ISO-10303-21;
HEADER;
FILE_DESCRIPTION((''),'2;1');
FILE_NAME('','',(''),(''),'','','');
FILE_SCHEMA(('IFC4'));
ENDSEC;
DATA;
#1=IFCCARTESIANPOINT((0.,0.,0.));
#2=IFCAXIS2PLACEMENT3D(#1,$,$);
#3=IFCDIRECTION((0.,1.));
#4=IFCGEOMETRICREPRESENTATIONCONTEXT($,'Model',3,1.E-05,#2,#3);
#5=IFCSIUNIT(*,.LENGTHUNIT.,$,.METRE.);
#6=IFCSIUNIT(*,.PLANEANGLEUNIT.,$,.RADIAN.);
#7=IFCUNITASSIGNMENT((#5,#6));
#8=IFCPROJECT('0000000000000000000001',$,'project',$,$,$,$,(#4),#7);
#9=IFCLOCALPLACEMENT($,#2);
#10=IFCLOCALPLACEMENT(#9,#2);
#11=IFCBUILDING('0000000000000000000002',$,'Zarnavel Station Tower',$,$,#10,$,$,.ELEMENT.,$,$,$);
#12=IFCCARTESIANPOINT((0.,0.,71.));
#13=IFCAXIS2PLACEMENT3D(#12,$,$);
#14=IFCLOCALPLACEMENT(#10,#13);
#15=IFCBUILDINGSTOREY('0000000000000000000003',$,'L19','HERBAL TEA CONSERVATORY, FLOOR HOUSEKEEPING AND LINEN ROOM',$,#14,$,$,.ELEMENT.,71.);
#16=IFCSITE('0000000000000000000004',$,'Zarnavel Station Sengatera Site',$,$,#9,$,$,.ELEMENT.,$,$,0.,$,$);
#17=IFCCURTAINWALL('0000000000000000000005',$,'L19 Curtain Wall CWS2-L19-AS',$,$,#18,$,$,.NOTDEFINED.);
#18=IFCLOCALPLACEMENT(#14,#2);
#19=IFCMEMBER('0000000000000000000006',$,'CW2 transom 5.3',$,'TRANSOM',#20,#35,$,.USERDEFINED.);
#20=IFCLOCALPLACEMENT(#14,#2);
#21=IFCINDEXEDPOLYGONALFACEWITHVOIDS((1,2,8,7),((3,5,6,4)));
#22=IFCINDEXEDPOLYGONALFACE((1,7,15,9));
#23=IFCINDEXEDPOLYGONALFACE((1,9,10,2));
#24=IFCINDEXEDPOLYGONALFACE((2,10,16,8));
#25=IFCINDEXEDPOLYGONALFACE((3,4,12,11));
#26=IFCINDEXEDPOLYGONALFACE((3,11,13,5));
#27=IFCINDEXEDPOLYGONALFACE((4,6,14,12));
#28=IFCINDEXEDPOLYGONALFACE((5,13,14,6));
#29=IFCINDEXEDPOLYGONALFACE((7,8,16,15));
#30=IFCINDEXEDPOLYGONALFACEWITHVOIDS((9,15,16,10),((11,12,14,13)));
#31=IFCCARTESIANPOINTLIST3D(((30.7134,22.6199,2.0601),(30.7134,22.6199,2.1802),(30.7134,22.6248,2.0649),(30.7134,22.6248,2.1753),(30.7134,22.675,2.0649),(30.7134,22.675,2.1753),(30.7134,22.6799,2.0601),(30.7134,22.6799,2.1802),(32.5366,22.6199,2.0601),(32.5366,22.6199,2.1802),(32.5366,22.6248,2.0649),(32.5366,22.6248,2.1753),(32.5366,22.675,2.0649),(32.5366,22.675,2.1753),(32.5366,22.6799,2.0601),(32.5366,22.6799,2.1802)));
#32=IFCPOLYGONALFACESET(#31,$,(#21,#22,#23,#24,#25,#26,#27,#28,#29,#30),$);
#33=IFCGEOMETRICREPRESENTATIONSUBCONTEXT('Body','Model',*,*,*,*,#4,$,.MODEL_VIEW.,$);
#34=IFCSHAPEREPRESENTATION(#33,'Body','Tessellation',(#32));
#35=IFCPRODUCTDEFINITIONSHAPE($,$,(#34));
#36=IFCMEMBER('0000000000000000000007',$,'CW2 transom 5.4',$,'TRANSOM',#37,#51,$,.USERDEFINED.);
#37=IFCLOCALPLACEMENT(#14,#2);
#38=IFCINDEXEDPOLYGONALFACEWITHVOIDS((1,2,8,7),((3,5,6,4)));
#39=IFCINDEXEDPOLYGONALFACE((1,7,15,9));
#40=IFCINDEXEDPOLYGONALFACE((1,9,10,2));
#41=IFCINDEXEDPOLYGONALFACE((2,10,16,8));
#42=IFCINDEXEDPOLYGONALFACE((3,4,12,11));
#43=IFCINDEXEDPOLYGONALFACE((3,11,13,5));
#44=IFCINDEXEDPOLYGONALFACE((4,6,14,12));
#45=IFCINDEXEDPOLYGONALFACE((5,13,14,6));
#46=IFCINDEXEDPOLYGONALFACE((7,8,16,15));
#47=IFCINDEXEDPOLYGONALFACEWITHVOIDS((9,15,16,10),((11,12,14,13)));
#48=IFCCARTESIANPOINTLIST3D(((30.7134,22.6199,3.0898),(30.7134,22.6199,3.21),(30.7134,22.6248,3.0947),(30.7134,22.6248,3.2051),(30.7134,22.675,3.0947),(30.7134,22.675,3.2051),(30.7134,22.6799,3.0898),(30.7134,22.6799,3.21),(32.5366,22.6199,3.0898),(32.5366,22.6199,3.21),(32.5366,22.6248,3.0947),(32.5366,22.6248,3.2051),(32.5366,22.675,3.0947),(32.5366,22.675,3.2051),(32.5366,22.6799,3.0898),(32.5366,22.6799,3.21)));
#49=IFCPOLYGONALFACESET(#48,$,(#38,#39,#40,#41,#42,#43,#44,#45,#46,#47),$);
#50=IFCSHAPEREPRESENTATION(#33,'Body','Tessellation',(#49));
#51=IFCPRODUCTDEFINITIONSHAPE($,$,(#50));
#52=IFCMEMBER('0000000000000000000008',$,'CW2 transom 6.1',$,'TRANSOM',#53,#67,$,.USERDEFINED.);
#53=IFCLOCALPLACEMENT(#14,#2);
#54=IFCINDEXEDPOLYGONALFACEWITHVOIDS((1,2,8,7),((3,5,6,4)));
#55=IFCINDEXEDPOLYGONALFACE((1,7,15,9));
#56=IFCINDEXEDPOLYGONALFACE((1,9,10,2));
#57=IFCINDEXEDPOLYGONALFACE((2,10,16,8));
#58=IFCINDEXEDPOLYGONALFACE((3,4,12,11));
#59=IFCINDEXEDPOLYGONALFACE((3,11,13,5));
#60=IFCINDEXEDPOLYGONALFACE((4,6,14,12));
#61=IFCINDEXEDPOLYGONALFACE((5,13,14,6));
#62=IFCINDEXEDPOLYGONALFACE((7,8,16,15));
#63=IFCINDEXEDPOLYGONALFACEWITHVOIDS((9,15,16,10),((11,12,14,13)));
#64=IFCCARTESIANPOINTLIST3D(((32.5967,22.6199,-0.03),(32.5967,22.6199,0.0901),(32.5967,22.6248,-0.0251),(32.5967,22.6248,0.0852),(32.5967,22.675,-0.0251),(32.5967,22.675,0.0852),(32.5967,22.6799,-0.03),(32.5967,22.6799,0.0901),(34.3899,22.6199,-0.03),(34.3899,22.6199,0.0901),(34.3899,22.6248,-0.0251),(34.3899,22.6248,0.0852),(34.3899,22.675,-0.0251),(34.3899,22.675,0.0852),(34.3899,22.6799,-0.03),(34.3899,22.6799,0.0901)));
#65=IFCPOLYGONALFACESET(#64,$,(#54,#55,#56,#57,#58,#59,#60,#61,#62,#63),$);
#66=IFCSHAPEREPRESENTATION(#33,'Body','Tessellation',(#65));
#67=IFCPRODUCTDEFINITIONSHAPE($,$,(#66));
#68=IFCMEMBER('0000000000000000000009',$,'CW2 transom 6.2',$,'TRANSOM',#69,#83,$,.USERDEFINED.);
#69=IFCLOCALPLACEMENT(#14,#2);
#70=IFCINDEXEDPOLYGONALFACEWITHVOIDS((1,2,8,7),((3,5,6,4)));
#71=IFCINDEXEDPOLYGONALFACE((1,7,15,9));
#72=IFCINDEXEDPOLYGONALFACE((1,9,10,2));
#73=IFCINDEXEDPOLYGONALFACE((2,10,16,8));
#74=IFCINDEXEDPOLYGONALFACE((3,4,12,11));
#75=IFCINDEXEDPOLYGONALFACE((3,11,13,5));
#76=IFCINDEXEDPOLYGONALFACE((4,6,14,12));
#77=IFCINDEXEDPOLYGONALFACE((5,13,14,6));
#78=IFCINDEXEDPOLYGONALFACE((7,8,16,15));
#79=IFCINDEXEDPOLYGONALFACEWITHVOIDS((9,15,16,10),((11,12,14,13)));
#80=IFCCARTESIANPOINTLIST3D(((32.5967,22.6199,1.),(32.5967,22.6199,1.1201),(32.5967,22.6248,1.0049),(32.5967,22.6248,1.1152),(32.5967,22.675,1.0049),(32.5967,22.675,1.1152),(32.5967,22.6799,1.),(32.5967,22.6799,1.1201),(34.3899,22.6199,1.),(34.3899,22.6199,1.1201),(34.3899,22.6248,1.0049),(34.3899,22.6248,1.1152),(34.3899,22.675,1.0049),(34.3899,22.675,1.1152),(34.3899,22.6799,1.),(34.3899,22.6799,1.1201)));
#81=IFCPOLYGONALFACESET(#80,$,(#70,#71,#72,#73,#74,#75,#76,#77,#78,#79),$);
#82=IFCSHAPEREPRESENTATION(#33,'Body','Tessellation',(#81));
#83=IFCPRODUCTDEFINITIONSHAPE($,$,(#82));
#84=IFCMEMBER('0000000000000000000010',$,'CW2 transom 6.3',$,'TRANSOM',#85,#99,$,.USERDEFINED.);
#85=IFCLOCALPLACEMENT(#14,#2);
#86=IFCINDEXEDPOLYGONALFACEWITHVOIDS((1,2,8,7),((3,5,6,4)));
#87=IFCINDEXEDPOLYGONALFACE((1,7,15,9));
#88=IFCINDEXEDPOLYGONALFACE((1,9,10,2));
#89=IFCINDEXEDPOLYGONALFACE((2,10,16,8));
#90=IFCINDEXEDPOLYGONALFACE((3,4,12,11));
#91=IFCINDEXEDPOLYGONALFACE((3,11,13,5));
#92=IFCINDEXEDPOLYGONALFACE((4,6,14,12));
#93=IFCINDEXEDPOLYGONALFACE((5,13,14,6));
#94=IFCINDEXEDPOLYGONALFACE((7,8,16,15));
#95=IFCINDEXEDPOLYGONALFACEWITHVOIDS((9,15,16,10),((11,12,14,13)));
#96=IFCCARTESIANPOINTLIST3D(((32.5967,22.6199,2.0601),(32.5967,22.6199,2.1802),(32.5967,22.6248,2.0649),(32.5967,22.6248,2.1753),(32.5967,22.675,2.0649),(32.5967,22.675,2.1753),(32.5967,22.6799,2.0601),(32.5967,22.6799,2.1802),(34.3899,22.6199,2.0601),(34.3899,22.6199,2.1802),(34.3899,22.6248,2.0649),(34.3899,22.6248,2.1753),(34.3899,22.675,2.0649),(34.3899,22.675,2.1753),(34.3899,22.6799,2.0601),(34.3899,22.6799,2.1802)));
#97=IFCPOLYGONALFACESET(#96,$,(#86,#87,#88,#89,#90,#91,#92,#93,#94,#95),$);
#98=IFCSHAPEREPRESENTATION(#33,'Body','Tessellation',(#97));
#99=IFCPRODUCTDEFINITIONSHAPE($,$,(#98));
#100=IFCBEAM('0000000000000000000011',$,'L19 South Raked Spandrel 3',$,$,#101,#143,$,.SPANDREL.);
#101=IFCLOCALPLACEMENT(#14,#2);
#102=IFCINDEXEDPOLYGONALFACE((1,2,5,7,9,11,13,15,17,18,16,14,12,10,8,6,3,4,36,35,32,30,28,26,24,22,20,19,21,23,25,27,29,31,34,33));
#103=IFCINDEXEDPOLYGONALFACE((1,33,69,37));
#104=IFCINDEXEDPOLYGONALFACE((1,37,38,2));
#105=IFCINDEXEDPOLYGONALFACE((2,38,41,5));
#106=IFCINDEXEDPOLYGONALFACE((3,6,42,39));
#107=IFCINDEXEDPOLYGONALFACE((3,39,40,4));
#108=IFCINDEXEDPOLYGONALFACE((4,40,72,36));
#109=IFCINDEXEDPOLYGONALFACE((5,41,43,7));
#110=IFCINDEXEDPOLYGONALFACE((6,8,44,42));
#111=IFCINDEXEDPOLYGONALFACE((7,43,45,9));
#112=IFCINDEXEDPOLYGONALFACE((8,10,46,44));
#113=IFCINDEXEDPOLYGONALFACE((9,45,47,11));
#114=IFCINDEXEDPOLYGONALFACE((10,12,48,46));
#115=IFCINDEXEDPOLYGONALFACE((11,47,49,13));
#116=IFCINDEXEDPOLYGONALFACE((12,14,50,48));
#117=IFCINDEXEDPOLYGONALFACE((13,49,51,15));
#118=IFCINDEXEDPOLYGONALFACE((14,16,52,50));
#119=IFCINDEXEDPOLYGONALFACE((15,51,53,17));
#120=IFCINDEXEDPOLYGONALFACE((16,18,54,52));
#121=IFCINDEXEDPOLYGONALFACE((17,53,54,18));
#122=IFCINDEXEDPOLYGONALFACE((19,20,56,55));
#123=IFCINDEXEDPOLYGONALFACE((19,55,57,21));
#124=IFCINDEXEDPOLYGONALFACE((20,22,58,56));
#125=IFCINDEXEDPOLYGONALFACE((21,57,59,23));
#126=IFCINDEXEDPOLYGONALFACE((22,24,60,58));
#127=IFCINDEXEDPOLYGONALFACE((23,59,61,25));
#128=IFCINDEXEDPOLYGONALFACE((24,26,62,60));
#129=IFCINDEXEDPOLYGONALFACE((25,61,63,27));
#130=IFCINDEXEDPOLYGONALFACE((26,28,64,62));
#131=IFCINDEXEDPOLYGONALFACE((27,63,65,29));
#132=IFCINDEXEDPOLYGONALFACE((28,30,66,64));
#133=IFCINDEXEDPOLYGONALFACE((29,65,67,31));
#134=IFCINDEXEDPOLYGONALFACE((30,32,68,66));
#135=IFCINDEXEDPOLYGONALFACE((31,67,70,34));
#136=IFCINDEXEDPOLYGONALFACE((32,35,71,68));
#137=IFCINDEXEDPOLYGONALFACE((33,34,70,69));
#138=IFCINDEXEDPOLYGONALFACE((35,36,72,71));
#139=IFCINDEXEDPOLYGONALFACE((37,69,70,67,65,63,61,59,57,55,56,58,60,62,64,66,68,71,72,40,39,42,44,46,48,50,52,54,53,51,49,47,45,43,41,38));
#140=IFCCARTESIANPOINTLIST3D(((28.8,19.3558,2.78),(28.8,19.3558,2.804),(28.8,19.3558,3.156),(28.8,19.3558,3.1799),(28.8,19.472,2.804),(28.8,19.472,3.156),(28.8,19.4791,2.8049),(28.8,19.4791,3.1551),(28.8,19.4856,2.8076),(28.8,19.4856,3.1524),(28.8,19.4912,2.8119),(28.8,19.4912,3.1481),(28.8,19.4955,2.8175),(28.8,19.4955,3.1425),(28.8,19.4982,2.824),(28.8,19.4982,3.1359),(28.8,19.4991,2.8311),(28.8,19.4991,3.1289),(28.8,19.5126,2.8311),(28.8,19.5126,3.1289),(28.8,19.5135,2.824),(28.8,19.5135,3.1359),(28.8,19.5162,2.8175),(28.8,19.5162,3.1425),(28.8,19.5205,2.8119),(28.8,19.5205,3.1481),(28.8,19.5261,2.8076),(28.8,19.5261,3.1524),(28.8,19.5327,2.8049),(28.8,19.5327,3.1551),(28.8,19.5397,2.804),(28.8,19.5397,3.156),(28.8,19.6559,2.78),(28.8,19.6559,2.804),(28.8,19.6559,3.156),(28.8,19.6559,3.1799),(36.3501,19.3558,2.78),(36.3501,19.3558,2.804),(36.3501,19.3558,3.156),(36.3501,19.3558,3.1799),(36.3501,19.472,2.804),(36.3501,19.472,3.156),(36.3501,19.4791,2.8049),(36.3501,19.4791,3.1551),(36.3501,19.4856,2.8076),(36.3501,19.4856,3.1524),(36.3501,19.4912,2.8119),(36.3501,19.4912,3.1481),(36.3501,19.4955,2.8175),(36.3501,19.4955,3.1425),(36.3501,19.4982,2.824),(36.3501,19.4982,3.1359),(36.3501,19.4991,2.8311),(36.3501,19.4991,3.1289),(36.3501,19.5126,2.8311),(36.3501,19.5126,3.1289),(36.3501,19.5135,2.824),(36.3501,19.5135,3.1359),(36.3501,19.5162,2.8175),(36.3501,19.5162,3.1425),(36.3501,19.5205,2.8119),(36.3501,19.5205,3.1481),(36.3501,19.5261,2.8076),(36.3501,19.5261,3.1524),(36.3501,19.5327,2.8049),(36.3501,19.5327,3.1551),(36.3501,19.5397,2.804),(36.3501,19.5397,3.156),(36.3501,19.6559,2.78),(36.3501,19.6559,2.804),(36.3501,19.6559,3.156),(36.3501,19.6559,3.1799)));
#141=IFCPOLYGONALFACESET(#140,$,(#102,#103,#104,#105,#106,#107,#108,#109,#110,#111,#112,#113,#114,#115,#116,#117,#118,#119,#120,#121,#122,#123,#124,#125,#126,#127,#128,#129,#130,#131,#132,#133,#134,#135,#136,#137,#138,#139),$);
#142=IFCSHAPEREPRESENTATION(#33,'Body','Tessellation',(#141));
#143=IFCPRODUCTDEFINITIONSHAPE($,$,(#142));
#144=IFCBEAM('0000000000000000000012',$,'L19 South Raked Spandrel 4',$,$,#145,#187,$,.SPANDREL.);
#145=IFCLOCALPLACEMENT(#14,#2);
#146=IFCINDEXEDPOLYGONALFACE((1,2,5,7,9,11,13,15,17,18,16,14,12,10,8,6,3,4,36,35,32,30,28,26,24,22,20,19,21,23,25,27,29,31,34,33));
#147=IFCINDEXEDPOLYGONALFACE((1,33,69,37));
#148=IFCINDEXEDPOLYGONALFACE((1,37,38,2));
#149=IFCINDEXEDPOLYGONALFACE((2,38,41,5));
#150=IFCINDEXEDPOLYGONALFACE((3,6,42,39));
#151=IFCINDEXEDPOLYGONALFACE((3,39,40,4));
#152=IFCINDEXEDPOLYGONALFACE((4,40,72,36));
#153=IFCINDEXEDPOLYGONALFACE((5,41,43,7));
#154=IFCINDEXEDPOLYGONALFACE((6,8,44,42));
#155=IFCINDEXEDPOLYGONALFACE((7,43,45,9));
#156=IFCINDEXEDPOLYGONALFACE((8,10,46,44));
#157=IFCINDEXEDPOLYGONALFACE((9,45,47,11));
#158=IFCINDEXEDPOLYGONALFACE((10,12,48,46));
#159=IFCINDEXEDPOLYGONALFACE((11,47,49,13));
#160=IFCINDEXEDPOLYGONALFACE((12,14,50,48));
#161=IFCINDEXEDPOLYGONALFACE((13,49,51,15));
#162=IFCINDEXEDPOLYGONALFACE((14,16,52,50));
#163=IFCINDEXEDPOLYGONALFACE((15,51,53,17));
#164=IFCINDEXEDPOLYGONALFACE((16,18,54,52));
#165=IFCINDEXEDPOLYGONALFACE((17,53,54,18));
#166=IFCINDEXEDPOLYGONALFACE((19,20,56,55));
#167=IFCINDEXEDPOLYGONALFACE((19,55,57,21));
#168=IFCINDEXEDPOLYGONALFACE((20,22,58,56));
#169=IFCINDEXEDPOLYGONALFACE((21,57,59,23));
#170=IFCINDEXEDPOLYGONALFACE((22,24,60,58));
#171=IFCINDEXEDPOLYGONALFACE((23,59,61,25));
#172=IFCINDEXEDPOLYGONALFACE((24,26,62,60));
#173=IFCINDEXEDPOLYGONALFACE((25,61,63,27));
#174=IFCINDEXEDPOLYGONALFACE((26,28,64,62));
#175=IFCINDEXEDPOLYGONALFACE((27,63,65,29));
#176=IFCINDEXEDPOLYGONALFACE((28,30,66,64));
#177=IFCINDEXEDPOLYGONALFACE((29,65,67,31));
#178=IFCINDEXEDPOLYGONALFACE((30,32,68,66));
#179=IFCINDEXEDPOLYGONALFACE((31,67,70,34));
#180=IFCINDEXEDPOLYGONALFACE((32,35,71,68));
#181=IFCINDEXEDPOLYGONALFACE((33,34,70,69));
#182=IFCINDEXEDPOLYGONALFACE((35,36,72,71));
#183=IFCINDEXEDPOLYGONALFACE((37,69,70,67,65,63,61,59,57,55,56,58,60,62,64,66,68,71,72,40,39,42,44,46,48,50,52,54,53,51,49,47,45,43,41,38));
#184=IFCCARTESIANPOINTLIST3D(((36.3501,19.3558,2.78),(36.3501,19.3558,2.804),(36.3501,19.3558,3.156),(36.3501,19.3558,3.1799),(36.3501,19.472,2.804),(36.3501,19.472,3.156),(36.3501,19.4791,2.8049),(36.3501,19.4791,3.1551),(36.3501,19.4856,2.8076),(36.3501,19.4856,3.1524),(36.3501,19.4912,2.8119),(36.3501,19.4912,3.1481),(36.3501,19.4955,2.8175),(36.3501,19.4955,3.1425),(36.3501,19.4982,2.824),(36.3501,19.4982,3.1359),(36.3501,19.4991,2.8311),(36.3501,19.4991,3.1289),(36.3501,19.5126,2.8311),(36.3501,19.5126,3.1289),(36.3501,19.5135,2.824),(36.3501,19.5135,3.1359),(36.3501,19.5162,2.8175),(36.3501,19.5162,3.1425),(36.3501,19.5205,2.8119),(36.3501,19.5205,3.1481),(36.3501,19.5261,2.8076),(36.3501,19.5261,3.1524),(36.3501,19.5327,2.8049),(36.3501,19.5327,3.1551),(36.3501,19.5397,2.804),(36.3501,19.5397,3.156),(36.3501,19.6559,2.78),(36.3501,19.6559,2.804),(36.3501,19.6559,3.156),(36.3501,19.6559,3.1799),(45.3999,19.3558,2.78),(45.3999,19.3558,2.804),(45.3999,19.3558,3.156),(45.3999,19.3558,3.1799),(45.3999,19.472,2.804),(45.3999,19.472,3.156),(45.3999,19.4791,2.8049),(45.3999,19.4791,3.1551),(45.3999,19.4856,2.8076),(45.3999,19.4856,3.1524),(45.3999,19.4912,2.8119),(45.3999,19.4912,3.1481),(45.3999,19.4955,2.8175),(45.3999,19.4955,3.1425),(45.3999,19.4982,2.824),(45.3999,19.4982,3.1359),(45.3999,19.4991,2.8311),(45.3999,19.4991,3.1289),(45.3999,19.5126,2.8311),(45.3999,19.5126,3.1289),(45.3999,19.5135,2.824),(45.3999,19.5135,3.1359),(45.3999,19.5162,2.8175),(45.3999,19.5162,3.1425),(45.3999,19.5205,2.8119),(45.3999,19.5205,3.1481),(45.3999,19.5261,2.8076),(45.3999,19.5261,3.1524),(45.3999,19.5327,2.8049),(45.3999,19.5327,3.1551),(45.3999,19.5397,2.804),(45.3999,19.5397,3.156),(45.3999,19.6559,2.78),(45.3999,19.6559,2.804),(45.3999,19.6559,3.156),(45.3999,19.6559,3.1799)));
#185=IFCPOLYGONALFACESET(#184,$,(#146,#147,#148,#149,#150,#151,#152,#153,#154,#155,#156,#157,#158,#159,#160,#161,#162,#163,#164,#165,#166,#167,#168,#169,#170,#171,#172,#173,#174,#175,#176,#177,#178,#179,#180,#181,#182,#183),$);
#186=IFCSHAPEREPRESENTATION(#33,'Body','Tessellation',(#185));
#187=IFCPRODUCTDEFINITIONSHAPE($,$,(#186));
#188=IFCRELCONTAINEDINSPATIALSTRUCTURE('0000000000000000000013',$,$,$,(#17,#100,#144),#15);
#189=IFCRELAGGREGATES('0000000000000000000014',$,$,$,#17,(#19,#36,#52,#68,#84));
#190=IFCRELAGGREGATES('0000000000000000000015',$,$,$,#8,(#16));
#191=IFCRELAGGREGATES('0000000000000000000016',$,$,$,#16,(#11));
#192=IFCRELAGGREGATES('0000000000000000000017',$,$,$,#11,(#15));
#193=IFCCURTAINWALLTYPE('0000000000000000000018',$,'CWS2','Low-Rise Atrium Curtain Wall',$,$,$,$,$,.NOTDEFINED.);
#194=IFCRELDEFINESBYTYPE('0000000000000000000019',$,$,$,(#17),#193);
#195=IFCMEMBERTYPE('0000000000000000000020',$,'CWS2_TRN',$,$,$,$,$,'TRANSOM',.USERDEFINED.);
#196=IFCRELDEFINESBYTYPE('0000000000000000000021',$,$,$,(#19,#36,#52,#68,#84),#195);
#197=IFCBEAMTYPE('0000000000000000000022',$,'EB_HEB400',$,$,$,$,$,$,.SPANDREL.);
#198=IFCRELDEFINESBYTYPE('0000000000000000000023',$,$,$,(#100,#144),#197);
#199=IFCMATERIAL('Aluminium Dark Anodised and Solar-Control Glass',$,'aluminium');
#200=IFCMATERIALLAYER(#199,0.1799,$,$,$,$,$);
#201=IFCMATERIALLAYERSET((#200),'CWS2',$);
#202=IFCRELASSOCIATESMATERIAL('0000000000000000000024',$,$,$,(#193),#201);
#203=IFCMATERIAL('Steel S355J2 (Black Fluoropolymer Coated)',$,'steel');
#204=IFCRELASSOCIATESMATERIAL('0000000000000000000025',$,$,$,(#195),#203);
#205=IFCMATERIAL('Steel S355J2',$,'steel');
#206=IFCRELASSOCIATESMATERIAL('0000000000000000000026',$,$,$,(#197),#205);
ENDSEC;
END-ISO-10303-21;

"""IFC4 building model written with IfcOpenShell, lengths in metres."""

from ifc_helpers import new_model, si_unit, direction, frame, origin, origin_2d, place, context, subcontext, project, spatial, hollow_rectangle, i_section, extrude, material, layer, layer_set, material_profile, profile_set, type_object, element, aggregate, save


model = new_model("IFC4")

# Units and contexts
model_context = context("Model", 3, precision=1e-05, world=origin(), true_north=direction((0.0, 1.0)))
body_context = subcontext(model_context, "Body", "Model", "MODEL_VIEW")
ifc_project = project(units=[si_unit("LENGTHUNIT", "METRE"), si_unit("PLANEANGLEUNIT", "RADIAN")], contexts=[model_context])

# Site, building, storey
site_placement = place(None, origin())
site = spatial("IfcSite", under=ifc_project, at=site_placement, Name="Zarnavel Station Sengatera Site", CompositionType="ELEMENT", RefElevation=0.0)
building_placement = place(site_placement, origin())
building = spatial("IfcBuilding", under=site, at=building_placement, Name="Zarnavel Station Tower", CompositionType="ELEMENT")
storey_placement = place(building_placement, frame((0.0, 0.0, 71.0)))
storey = spatial("IfcBuildingStorey", under=building, at=storey_placement, Name="L19", Description="HERBAL TEA CONSERVATORY, FLOOR HOUSEKEEPING AND LINEN ROOM", CompositionType="ELEMENT", Elevation=71.0)

# Curtain wall, members
ifc_material_1 = material(Name="Aluminium Dark Anodised and Solar-Control Glass", Category="aluminium")
ifc_layer_1 = layer(ifc_material_1, 0.1799)
ifc_layer_set_1 = layer_set([ifc_layer_1], Name="CWS2")
curtain_wall_type = type_object("IfcCurtainWallType", Name="CWS2", Description="Low-Rise Atrium Curtain Wall", PredefinedType="NOTDEFINED", material=ifc_layer_set_1)
curtain_wall_placement = place(storey_placement, origin())
curtain_wall = element("IfcCurtainWall", 1, at=curtain_wall_placement, inside=storey, type_object=curtain_wall_type, Name="L19 Curtain Wall CWS2-L19-AS", PredefinedType="NOTDEFINED")
ifc_material_2 = material(Name="Steel S355J2 (Black Fluoropolymer Coated)", Category="steel")
ifc_material_profile_1 = material_profile(ifc_material_2, hollow_rectangle(XDim=0.0601, YDim=0.1201, WallThickness=0.0049, at=origin_2d()), Name="RHS120x60x5")
ifc_profile_set_1 = profile_set([ifc_material_profile_1], Name="Steel S355J2 (Black Fluoropolymer Coated)")
member_type_1 = type_object("IfcMemberType", Name="CWS2_TRN", ElementType="TRANSOM", PredefinedType="USERDEFINED", material=ifc_profile_set_1)
member_1_placement = place(storey_placement, frame((30.7134, 22.6499, 2.1201), z_axis=(1.0, 0.0, 0.0), x_axis=(0.0, 1.0, 0.0)))
member_1 = element("IfcMember", 2, at=member_1_placement, type_object=member_type_1, Name="CW2 transom 5.3", ObjectType="TRANSOM", PredefinedType="USERDEFINED", context=body_context, shape_type="SweptSolid", body=[
    extrude(hollow_rectangle(XDim=0.0601, YDim=0.1201, WallThickness=0.0049, at=origin_2d()), origin(), (0.0, 0.0, 1.0), 1.8232),
])
member_2_placement = place(storey_placement, frame((30.7134, 22.6499, 3.1499), z_axis=(1.0, 0.0, 0.0), x_axis=(0.0, 1.0, 0.0)))
member_2 = element("IfcMember", 3, at=member_2_placement, type_object=member_type_1, Name="CW2 transom 5.4", ObjectType="TRANSOM", PredefinedType="USERDEFINED", context=body_context, shape_type="SweptSolid", body=[
    extrude(hollow_rectangle(XDim=0.0601, YDim=0.1201, WallThickness=0.0049, at=origin_2d()), origin(), (0.0, 0.0, 1.0), 1.8232),
])
member_3_placement = place(storey_placement, frame((32.5967, 22.6499, 0.03), z_axis=(1.0, 0.0, 0.0), x_axis=(0.0, 1.0, 0.0)))
member_3 = element("IfcMember", 4, at=member_3_placement, type_object=member_type_1, Name="CW2 transom 6.1", ObjectType="TRANSOM", PredefinedType="USERDEFINED", context=body_context, shape_type="SweptSolid", body=[
    extrude(hollow_rectangle(XDim=0.0601, YDim=0.1201, WallThickness=0.0049, at=origin_2d()), origin(), (0.0, 0.0, 1.0), 1.7932),
])
member_4_placement = place(storey_placement, frame((32.5967, 22.6499, 1.0601), z_axis=(1.0, 0.0, 0.0), x_axis=(0.0, 1.0, 0.0)))
member_4 = element("IfcMember", 5, at=member_4_placement, type_object=member_type_1, Name="CW2 transom 6.2", ObjectType="TRANSOM", PredefinedType="USERDEFINED", context=body_context, shape_type="SweptSolid", body=[
    extrude(hollow_rectangle(XDim=0.0601, YDim=0.1201, WallThickness=0.0049, at=origin_2d()), origin(), (0.0, 0.0, 1.0), 1.7932),
])
member_5_placement = place(storey_placement, frame((32.5967, 22.6499, 2.1201), z_axis=(1.0, 0.0, 0.0), x_axis=(0.0, 1.0, 0.0)))
member_5 = element("IfcMember", 6, at=member_5_placement, type_object=member_type_1, Name="CW2 transom 6.3", ObjectType="TRANSOM", PredefinedType="USERDEFINED", context=body_context, shape_type="SweptSolid", body=[
    extrude(hollow_rectangle(XDim=0.0601, YDim=0.1201, WallThickness=0.0049, at=origin_2d()), origin(), (0.0, 0.0, 1.0), 1.7932),
])

# Beams
ifc_material_3 = material(Name="Steel S355J2", Category="steel")
ifc_material_profile_2 = material_profile(ifc_material_3, i_section(OverallWidth=0.3, OverallDepth=0.3999, WebThickness=0.0134, FlangeThickness=0.0239, FilletRadius=0.0271, at=origin_2d()), Name="HEB400")
ifc_profile_set_2 = profile_set([ifc_material_profile_2], Name="Steel S355J2")
beam_type_1 = type_object("IfcBeamType", Name="EB_HEB400", PredefinedType="SPANDREL", material=ifc_profile_set_2)
beam_1_placement = place(storey_placement, frame((28.8, 19.5059, 2.98), z_axis=(1.0, 0.0, 0.0), x_axis=(0.0, 1.0, 0.0)))
element("IfcBeam", 7, at=beam_1_placement, inside=storey, type_object=beam_type_1, Name="L19 South Raked Spandrel 3", PredefinedType="SPANDREL", context=body_context, shape_type="SweptSolid", body=[
    extrude(i_section(OverallWidth=0.3, OverallDepth=0.3999, WebThickness=0.0134, FlangeThickness=0.0239, FilletRadius=0.0271, at=origin_2d()), origin(), (0.0, 0.0, 1.0), 7.55),
])
beam_2_placement = place(storey_placement, frame((36.3501, 19.5059, 2.98), z_axis=(1.0, 0.0, 0.0), x_axis=(0.0, 1.0, 0.0)))
element("IfcBeam", 8, at=beam_2_placement, inside=storey, type_object=beam_type_1, Name="L19 South Raked Spandrel 4", PredefinedType="SPANDREL", context=body_context, shape_type="SweptSolid", body=[
    extrude(i_section(OverallWidth=0.3, OverallDepth=0.3999, WebThickness=0.0134, FlangeThickness=0.0239, FilletRadius=0.0271, at=origin_2d()), origin(), (0.0, 0.0, 1.0), 9.0498),
])

aggregate(curtain_wall, [member_1, member_2, member_3, member_4, member_5])

save(model, "model.ifc")
